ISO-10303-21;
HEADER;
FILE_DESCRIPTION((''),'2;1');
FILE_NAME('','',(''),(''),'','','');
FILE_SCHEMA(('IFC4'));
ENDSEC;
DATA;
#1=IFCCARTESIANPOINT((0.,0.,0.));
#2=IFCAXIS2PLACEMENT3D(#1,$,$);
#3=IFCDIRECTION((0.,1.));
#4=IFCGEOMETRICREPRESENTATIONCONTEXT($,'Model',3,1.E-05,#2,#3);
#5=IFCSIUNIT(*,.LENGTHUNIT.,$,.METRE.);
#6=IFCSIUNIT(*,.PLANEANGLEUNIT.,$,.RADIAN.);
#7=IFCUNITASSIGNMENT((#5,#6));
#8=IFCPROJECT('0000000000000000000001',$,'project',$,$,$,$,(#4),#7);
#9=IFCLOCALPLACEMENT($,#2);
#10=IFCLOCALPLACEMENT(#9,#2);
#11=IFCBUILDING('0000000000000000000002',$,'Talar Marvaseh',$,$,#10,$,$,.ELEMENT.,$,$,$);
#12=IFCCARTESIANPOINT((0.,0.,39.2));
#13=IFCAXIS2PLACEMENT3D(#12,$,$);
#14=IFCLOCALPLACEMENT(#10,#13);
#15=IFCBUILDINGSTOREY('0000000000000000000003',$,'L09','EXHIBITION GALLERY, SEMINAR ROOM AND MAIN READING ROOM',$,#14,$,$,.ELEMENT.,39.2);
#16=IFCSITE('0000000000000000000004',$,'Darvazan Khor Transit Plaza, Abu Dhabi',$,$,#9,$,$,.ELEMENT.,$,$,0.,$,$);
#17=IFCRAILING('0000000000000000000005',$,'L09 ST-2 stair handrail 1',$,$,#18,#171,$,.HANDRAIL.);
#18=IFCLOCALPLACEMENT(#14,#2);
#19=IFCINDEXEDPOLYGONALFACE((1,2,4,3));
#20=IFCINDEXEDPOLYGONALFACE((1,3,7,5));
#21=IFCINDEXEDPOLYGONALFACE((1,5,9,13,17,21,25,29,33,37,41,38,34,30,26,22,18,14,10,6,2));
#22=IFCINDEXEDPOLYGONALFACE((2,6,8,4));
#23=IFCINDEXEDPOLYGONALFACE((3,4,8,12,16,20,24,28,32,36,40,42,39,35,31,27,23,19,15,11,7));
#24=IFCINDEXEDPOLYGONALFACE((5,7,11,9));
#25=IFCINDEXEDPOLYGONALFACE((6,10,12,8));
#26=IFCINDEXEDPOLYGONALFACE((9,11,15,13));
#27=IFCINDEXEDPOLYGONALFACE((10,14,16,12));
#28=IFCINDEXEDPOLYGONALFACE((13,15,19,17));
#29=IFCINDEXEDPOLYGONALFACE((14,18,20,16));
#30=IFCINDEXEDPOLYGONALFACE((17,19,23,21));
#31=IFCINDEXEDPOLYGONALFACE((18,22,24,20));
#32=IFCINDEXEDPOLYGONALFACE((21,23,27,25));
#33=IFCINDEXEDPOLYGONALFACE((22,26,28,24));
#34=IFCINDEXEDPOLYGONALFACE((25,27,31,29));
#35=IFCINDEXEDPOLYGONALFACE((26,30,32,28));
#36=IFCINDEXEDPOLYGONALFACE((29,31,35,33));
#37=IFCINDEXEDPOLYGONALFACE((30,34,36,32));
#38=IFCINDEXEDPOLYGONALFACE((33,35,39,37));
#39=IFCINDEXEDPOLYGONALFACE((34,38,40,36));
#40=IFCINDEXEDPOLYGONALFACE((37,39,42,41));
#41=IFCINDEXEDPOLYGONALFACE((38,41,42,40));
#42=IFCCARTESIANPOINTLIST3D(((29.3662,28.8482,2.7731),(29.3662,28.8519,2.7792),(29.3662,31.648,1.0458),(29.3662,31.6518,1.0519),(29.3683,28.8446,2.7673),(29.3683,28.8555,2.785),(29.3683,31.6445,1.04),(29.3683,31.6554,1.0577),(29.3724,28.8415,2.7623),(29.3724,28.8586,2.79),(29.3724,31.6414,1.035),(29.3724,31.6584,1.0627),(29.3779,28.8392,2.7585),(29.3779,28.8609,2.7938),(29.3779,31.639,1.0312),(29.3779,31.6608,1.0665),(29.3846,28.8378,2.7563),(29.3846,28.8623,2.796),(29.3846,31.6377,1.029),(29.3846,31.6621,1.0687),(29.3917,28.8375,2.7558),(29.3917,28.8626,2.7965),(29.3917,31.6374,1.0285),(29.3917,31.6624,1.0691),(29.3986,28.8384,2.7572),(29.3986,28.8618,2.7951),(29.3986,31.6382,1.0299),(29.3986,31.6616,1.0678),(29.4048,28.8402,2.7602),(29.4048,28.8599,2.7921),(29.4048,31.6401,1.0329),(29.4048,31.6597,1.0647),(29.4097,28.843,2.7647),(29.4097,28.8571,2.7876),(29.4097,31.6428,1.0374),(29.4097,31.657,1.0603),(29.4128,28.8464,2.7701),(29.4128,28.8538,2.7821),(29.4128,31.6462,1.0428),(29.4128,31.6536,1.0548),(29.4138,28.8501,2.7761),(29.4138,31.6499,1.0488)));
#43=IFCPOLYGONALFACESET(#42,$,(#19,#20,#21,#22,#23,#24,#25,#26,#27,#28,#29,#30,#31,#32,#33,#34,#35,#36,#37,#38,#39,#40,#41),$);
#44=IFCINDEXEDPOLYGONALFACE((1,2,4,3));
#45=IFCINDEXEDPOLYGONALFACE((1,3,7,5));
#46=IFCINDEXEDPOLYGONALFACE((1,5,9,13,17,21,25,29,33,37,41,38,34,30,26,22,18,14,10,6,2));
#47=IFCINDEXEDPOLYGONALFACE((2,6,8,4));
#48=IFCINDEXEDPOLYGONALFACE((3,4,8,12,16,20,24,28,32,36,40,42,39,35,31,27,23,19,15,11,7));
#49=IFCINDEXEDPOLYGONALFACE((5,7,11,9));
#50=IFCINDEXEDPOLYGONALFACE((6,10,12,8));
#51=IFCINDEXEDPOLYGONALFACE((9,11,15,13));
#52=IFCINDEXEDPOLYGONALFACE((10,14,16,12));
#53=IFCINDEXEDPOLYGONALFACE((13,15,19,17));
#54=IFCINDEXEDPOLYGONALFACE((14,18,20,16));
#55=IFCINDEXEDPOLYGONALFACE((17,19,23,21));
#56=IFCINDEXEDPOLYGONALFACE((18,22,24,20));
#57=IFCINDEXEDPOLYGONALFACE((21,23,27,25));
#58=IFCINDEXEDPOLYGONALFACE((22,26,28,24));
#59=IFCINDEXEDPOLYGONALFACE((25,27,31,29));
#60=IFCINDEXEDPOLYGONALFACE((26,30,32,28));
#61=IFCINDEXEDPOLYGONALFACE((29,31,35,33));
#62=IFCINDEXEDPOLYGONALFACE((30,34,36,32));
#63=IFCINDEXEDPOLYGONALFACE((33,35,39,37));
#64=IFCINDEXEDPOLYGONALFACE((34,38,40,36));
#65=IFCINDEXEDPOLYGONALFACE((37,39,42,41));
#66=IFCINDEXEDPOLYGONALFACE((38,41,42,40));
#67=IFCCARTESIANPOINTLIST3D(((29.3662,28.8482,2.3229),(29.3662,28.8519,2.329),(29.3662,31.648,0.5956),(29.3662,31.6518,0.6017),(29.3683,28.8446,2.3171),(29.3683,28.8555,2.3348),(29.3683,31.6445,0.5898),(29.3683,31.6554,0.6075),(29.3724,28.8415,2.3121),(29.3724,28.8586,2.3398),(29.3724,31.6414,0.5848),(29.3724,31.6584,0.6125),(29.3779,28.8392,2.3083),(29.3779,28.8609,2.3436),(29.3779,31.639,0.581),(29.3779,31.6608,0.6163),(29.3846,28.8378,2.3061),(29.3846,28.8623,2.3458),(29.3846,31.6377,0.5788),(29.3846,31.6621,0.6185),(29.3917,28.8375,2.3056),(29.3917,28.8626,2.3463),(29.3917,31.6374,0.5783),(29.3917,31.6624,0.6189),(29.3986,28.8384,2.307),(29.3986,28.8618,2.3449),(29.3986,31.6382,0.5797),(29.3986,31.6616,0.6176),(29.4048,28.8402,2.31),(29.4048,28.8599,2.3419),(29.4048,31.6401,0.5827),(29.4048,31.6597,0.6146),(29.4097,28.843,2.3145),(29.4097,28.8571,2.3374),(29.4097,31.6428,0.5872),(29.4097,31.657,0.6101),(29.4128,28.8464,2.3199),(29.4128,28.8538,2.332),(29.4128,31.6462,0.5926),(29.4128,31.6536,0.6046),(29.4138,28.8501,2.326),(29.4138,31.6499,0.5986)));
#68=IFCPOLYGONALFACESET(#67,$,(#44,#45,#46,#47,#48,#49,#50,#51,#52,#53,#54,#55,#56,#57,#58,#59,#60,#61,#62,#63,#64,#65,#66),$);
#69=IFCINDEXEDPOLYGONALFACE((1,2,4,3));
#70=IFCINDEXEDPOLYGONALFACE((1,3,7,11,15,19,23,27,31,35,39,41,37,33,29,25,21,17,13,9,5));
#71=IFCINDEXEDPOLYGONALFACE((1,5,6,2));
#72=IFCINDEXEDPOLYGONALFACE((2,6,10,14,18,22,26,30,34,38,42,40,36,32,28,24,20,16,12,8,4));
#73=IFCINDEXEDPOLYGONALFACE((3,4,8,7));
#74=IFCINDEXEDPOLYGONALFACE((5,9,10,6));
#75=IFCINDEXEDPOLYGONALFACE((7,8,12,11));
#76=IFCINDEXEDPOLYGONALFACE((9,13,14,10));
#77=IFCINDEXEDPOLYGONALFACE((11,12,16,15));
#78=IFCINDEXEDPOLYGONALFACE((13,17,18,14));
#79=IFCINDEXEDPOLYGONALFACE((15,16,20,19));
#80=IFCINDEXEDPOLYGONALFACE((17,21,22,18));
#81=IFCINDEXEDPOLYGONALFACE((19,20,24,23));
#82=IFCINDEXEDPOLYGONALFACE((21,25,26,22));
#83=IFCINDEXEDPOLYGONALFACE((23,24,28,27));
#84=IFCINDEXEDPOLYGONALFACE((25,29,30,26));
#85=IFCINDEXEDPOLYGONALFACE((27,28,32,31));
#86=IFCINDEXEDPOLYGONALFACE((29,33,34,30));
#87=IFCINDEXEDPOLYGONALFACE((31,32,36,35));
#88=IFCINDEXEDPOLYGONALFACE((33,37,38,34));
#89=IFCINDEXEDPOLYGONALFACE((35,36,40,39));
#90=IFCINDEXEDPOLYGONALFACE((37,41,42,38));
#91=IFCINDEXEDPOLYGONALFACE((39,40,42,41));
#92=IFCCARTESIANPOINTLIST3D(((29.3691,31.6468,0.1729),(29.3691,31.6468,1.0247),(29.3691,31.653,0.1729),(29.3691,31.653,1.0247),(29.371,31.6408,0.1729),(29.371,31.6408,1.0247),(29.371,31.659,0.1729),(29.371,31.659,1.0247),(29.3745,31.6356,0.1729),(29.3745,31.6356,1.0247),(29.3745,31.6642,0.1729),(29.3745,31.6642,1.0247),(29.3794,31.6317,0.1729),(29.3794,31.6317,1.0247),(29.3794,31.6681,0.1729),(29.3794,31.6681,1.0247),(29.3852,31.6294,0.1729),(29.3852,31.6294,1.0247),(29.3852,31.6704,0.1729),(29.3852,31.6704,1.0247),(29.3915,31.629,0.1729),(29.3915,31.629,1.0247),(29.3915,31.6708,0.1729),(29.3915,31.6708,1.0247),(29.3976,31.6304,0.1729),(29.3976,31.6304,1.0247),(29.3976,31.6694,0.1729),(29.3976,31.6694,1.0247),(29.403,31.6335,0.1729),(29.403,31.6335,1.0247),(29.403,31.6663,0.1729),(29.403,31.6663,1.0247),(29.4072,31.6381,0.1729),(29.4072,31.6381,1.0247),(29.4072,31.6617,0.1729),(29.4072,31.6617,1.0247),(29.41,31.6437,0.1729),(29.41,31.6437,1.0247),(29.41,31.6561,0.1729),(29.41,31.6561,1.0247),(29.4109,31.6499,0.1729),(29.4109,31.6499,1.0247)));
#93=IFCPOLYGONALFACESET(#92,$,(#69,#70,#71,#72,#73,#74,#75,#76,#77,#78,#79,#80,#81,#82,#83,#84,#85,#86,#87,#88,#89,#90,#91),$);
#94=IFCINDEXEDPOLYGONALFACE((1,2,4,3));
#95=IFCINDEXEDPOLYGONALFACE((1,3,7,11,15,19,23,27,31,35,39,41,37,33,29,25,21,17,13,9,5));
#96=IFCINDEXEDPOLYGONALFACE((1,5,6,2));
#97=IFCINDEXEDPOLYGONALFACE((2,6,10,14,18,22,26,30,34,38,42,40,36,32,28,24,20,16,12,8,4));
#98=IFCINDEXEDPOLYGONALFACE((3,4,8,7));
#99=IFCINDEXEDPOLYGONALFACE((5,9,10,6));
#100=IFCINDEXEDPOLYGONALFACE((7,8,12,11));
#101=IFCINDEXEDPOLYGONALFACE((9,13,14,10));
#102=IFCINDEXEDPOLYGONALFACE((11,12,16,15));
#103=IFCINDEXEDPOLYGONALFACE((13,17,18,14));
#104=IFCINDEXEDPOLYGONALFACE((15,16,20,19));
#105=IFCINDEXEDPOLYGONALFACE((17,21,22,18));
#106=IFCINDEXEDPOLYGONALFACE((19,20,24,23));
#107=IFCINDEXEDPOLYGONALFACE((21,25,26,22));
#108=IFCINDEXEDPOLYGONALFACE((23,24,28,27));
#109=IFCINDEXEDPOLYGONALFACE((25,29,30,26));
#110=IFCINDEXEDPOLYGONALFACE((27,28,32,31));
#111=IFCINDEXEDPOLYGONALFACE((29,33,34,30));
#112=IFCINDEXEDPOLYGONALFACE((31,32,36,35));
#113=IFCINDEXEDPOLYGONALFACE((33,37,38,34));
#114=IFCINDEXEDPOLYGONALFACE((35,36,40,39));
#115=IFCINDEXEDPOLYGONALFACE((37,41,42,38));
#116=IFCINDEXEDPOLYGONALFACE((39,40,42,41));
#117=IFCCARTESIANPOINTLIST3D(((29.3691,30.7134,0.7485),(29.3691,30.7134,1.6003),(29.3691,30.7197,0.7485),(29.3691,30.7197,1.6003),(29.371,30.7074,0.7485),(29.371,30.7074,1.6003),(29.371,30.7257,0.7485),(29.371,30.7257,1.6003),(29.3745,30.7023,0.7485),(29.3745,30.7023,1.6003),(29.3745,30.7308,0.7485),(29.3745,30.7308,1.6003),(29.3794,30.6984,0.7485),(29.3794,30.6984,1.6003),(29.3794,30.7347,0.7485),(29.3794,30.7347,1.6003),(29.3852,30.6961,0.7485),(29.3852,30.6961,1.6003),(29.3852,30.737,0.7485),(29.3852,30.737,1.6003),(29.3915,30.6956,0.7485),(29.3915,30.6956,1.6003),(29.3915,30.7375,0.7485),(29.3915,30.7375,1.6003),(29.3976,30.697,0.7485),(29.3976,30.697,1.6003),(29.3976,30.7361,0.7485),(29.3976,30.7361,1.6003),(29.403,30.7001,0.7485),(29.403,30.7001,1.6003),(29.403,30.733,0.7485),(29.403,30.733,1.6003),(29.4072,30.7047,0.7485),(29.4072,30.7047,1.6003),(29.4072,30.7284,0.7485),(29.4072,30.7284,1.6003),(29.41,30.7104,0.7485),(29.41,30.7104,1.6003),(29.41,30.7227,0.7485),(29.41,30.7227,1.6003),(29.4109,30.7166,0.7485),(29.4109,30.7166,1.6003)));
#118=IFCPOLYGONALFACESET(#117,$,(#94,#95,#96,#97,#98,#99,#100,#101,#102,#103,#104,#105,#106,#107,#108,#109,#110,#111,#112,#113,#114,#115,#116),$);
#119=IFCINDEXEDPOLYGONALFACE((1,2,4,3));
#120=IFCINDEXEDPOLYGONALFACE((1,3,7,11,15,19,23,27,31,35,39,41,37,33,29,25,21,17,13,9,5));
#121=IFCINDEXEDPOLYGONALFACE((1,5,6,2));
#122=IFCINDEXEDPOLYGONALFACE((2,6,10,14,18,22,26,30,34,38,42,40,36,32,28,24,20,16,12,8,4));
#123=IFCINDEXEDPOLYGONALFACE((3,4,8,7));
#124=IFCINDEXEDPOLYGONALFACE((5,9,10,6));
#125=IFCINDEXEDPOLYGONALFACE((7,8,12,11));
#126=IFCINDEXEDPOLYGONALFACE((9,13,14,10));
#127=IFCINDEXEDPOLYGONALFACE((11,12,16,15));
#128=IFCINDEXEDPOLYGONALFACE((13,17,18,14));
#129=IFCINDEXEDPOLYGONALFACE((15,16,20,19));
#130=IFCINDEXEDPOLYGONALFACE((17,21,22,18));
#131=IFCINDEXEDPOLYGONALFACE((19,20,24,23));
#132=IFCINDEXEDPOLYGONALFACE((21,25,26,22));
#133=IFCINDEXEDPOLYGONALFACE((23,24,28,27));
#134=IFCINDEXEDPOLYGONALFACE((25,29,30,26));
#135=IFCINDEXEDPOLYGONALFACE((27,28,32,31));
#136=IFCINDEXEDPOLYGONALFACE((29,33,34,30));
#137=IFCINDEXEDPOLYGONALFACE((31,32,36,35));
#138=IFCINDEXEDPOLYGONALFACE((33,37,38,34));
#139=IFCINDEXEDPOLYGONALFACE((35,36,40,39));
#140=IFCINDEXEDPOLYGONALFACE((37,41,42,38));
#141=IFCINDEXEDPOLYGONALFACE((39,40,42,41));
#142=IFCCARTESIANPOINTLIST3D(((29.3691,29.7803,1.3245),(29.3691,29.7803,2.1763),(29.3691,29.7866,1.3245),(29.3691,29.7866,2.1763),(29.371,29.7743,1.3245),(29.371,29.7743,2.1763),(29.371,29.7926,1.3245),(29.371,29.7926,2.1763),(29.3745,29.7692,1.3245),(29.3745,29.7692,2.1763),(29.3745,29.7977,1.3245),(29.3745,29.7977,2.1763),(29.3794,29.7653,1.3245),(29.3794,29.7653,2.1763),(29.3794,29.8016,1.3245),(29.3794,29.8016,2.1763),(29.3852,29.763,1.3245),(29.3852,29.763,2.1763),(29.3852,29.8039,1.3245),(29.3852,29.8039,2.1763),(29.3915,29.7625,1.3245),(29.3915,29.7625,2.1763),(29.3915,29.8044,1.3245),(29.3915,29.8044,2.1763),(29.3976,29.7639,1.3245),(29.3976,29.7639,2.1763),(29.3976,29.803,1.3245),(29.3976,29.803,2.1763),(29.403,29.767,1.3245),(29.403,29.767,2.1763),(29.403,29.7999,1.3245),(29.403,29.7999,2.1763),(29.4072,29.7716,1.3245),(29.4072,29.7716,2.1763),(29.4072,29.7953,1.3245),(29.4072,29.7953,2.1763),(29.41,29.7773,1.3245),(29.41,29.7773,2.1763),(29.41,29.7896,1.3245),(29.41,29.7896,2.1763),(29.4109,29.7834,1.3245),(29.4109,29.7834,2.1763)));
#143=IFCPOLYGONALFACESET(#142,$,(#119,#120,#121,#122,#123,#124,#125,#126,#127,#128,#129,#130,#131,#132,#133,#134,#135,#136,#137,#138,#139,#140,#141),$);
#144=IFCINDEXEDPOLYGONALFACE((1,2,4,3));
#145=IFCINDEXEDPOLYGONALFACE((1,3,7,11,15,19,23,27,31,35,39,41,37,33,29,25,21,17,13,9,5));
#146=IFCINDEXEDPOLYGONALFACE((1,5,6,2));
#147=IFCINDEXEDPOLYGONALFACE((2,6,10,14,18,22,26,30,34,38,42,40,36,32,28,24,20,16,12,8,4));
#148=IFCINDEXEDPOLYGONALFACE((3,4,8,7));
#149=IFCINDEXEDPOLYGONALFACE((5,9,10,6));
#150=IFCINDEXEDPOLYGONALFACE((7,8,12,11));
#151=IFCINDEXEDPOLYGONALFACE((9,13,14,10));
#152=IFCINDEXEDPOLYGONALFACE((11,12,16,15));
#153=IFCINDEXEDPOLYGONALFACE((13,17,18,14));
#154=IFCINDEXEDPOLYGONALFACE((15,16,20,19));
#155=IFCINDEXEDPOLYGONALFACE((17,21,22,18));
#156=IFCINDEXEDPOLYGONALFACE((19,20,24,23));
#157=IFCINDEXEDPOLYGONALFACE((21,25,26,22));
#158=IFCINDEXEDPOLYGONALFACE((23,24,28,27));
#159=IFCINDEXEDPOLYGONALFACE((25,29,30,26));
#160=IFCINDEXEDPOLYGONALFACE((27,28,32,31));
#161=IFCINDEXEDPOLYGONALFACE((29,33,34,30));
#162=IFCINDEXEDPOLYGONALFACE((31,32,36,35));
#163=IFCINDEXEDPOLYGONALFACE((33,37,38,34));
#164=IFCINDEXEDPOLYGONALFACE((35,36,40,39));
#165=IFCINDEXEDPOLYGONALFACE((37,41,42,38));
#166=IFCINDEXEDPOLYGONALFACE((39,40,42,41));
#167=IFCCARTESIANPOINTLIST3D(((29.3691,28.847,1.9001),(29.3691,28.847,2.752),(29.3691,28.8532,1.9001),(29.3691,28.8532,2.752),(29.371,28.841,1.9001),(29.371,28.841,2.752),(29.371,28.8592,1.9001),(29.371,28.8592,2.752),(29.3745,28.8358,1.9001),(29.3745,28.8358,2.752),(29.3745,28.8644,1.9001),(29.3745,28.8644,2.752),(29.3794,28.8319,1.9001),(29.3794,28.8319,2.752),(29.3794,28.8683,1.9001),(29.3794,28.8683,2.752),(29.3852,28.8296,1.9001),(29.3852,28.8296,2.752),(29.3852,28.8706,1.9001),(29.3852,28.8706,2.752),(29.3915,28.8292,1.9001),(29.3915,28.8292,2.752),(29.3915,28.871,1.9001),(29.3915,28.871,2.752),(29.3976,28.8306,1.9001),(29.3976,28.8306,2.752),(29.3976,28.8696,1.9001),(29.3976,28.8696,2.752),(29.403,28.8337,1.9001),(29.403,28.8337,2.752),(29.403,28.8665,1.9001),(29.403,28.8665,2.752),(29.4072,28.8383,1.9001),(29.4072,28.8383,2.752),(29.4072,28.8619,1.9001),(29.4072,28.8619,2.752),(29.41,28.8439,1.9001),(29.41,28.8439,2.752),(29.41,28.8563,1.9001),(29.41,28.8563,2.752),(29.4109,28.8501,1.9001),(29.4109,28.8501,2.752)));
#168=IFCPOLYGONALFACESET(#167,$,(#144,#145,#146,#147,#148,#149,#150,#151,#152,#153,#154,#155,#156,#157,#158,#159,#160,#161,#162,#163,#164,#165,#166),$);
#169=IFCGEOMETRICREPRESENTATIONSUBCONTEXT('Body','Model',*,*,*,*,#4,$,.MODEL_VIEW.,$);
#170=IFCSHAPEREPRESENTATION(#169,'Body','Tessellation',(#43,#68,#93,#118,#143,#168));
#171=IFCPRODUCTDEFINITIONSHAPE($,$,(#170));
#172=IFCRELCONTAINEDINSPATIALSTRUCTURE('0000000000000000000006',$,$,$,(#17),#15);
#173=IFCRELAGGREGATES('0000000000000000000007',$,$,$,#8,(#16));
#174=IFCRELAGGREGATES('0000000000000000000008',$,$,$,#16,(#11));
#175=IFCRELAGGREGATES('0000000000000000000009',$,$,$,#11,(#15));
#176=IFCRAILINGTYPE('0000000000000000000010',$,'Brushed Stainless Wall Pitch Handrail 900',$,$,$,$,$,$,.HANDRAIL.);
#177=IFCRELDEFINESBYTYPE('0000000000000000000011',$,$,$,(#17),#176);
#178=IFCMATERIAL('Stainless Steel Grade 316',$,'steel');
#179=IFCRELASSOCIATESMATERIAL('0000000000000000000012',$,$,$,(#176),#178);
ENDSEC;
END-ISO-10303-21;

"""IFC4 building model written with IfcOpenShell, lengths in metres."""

from ifc_helpers import new_model, si_unit, direction, frame, origin, origin_2d, place, context, subcontext, project, spatial, circle, extrude, material, type_object, element, save


model = new_model("IFC4")

# Units and contexts
model_context = context("Model", 3, precision=1e-05, world=origin(), true_north=direction((0.0, 1.0)))
body_context = subcontext(model_context, "Body", "Model", "MODEL_VIEW")
ifc_project = project(units=[si_unit("LENGTHUNIT", "METRE"), si_unit("PLANEANGLEUNIT", "RADIAN")], contexts=[model_context])

# Site, building, storey
site_placement = place(None, origin())
site = spatial("IfcSite", under=ifc_project, at=site_placement, Name="Darvazan Khor Transit Plaza, Abu Dhabi", CompositionType="ELEMENT", RefElevation=0.0)
building_placement = place(site_placement, origin())
building = spatial("IfcBuilding", under=site, at=building_placement, Name="Talar Marvaseh", CompositionType="ELEMENT")
storey_placement = place(building_placement, frame((0.0, 0.0, 39.2)))
storey = spatial("IfcBuildingStorey", under=building, at=storey_placement, Name="L09", Description="EXHIBITION GALLERY, SEMINAR ROOM AND MAIN READING ROOM", CompositionType="ELEMENT", Elevation=39.2)

# Railing
ifc_material_1 = material(Name="Stainless Steel Grade 316", Category="steel")
railing_type_1 = type_object("IfcRailingType", Name="Brushed Stainless Wall Pitch Handrail 900", PredefinedType="HANDRAIL", material=ifc_material_1)
railing_1_placement = place(storey_placement, frame((29.3899, 31.6499, 0.1729)))
element("IfcRailing", 1, at=railing_1_placement, inside=storey, type_object=railing_type_1, Name="L09 ST-2 stair handrail 1", PredefinedType="HANDRAIL", context=body_context, shape_type="SweptSolid", body=[
    extrude(circle(Radius=0.0239, at=origin_2d()), frame((0.0, 0.0, 0.876), z_axis=(0.0, -0.851069, 0.525054), x_axis=(1.0, 0.0, 0.0)), (0.0, 0.0, 1.0), 3.2898),
    extrude(circle(Radius=0.0239, at=origin_2d()), frame((0.0, 0.0, 0.4258), z_axis=(0.0, -0.851069, 0.525054), x_axis=(1.0, 0.0, 0.0)), (0.0, 0.0, 1.0), 3.2898),
    extrude(circle(Radius=0.021, at=origin_2d()), origin(), (0.0, 0.0, 1.0), 0.8518),
    extrude(circle(Radius=0.021, at=origin_2d()), frame((0.0, -0.9333, 0.5757)), (0.0, 0.0, 1.0), 0.8518),
    extrude(circle(Radius=0.021, at=origin_2d()), frame((0.0, -1.8665, 1.1516)), (0.0, 0.0, 1.0), 0.8518),
    extrude(circle(Radius=0.021, at=origin_2d()), frame((0.0, -2.7998, 1.7273)), (0.0, 0.0, 1.0), 0.8518),
])

save(model, "model.ifc")
